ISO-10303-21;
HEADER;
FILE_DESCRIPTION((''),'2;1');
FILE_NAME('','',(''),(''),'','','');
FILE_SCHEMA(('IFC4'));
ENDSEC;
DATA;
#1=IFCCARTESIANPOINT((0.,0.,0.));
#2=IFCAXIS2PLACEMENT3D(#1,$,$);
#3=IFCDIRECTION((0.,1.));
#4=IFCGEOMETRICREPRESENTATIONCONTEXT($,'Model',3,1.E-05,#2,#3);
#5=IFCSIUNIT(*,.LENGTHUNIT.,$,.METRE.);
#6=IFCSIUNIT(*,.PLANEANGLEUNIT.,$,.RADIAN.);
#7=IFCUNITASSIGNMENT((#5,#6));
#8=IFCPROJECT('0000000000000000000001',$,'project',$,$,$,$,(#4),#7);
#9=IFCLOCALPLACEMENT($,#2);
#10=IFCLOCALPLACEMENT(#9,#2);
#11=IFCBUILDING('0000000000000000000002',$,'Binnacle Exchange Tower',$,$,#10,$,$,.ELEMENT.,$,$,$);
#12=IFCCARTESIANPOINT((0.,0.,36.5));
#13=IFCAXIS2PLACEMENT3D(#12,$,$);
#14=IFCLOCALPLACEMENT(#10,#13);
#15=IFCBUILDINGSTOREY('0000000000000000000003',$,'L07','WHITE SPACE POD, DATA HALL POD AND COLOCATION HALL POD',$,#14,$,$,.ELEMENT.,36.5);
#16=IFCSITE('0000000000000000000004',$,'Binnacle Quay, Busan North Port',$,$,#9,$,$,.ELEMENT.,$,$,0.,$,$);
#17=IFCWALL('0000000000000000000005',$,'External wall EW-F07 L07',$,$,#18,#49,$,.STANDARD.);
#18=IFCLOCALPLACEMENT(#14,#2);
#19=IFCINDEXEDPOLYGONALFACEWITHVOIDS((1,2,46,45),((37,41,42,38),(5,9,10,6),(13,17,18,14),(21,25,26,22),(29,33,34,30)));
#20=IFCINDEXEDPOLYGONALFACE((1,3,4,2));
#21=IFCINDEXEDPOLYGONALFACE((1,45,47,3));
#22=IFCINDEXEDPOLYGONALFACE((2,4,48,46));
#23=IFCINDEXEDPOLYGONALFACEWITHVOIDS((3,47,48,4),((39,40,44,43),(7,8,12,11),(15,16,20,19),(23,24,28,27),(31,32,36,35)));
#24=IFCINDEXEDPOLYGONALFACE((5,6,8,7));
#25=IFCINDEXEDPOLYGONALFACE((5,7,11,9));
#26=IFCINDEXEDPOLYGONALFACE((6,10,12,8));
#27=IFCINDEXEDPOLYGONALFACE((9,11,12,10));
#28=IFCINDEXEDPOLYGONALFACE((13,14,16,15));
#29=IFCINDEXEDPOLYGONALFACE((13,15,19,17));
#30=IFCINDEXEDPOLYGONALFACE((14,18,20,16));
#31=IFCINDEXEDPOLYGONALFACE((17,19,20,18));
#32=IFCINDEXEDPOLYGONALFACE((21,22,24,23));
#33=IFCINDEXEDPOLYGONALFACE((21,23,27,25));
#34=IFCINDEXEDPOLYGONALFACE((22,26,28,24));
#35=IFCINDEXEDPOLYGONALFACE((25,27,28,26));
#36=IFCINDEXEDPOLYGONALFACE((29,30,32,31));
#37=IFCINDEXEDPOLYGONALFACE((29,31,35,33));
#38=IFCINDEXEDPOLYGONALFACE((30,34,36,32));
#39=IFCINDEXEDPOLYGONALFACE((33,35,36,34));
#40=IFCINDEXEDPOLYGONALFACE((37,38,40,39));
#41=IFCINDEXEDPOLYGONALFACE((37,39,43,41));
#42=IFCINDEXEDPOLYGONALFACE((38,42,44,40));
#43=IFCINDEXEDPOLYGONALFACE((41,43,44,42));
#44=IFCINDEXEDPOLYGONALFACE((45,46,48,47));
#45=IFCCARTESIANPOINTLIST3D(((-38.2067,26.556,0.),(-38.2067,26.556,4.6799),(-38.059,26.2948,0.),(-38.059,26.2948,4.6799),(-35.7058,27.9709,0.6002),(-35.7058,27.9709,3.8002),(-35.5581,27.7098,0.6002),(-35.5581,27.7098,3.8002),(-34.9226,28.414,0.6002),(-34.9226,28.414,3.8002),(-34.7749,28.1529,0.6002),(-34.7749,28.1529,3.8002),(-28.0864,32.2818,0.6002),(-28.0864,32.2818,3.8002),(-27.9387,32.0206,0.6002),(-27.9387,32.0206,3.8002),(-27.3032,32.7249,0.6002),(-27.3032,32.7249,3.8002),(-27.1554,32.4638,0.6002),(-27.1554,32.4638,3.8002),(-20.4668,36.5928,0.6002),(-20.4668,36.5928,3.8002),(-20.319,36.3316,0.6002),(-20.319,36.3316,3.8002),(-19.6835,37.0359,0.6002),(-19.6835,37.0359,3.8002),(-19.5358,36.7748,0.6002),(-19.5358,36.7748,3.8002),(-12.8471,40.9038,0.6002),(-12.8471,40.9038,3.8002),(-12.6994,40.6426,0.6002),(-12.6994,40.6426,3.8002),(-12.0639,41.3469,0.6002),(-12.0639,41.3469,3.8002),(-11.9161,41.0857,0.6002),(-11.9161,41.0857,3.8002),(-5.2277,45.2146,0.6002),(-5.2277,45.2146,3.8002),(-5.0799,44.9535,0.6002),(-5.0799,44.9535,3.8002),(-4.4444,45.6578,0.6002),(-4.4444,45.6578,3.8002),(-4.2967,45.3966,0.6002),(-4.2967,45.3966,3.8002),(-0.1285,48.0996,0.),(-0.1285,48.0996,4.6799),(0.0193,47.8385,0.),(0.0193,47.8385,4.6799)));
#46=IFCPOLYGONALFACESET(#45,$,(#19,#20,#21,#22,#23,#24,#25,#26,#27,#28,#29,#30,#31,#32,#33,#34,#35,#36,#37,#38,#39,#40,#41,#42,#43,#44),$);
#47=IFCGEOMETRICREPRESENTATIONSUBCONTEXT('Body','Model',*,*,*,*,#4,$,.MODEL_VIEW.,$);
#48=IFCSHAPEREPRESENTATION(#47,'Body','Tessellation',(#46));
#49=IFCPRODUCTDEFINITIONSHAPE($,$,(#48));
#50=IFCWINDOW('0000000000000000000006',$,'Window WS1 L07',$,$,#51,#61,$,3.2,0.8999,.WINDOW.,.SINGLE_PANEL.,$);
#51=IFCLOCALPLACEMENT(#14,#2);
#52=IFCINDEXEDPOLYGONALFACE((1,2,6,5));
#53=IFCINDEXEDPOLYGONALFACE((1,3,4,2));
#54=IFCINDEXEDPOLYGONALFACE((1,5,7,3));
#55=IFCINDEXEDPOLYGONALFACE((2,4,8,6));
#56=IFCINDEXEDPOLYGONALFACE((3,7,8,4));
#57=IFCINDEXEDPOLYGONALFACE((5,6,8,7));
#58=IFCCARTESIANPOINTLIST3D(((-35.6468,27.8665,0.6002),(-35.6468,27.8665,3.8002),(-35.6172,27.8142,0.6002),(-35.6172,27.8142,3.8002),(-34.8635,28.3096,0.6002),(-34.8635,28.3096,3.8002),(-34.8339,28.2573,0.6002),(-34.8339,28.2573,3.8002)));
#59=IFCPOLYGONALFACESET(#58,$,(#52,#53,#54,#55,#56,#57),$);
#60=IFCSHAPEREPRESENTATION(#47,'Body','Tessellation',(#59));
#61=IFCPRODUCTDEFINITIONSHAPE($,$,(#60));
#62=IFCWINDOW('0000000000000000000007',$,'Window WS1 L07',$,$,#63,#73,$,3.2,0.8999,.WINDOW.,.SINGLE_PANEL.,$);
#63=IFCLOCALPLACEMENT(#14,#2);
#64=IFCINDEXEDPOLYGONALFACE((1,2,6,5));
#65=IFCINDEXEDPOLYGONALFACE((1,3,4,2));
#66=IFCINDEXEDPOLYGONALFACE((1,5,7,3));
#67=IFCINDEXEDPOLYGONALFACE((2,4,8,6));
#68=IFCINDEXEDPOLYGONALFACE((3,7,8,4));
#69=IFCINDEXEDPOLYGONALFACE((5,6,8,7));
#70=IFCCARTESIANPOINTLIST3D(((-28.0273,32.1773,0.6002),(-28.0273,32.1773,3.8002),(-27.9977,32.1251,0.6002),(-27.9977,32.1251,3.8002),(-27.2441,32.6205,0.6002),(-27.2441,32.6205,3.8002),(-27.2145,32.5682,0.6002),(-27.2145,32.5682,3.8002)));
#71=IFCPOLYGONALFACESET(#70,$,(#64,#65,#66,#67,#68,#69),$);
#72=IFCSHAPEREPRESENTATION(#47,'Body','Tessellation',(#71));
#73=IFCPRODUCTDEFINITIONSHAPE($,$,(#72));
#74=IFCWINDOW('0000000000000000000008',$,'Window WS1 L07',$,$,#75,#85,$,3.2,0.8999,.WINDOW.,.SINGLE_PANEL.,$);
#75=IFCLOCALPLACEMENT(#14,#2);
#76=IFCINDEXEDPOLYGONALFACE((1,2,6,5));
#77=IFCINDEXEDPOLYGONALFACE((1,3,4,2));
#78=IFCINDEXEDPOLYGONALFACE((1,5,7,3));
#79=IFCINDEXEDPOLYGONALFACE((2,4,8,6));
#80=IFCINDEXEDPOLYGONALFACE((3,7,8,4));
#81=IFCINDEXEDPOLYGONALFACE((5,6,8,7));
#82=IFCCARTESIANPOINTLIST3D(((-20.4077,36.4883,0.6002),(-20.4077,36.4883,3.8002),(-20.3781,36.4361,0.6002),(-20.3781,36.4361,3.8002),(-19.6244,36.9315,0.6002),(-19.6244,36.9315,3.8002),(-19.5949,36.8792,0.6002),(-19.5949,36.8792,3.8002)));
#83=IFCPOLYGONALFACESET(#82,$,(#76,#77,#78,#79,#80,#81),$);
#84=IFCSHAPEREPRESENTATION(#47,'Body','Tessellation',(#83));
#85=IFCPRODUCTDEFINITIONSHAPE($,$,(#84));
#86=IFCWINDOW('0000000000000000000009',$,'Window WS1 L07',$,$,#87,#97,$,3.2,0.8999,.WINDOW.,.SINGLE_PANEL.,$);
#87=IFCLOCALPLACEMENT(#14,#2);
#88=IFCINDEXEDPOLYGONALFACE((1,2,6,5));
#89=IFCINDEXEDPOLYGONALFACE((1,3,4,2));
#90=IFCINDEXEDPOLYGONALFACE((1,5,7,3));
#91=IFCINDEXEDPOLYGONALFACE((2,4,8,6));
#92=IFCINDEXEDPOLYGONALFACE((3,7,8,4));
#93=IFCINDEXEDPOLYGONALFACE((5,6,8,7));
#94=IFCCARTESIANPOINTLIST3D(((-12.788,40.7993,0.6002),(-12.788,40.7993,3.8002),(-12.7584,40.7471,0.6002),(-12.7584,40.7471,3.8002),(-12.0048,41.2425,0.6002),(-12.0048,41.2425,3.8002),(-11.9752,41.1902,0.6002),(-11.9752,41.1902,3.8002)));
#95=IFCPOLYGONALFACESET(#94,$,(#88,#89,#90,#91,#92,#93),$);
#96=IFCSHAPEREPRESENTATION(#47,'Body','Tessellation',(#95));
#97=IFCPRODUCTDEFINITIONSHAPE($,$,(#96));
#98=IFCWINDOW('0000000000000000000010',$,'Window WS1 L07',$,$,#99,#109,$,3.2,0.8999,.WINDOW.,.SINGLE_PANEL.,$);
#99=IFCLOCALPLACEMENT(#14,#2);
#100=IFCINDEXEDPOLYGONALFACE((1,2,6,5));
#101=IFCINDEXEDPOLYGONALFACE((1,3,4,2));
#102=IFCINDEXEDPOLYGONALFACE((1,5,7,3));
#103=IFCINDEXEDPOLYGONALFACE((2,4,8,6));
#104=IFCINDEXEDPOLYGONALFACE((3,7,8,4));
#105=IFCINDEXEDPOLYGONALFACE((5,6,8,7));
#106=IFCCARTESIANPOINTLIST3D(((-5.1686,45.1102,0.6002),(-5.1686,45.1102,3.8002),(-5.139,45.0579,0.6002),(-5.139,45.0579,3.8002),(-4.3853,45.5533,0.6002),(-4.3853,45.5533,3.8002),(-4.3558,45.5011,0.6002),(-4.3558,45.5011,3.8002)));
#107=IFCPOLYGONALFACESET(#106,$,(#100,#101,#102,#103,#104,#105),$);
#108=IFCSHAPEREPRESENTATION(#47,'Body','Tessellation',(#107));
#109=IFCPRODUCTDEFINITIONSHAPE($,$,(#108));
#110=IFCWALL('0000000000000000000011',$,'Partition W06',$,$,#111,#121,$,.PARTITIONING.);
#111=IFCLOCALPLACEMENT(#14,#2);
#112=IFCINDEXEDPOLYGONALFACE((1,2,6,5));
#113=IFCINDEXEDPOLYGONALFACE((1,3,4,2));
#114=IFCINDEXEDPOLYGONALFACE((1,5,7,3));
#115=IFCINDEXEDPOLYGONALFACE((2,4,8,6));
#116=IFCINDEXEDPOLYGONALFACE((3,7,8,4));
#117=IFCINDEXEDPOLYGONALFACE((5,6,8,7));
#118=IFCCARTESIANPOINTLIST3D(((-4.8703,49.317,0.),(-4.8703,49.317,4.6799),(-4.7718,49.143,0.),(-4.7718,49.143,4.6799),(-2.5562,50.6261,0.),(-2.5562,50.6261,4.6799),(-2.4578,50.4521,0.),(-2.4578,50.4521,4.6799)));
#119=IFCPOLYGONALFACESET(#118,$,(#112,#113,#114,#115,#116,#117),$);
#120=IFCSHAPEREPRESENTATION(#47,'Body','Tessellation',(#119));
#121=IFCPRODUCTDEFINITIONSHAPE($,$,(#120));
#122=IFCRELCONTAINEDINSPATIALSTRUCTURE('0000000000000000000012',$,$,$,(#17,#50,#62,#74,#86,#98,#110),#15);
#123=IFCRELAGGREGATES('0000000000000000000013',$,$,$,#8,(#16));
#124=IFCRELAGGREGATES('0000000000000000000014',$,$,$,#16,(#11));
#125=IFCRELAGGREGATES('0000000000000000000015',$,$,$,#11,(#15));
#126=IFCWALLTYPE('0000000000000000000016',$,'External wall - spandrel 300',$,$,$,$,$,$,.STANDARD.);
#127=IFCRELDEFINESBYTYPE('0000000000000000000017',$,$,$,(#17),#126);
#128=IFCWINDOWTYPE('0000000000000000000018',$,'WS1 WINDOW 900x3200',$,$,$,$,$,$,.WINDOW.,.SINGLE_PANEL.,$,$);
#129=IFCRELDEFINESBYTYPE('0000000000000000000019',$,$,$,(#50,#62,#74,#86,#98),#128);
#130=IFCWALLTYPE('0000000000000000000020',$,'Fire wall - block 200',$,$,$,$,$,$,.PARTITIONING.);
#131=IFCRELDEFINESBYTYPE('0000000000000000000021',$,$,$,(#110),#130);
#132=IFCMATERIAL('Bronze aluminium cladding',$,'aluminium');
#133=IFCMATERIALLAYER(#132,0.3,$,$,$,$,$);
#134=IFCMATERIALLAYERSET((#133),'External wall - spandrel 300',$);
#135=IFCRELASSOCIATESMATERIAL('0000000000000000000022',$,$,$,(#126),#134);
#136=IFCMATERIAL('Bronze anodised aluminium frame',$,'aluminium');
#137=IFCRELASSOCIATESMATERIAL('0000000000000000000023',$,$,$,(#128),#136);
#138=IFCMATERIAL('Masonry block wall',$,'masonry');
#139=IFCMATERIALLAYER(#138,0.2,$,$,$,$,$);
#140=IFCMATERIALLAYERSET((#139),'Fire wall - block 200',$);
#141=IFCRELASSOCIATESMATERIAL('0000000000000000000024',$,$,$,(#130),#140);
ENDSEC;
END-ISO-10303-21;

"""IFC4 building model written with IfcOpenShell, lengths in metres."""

from ifc_helpers import new_model, si_unit, direction, frame, frame_2d, origin, place, context, subcontext, project, spatial, rectangle, extrude, material, layer, layer_set, type_object, element, fill, save


model = new_model("IFC4")

# Units and contexts
model_context = context("Model", 3, precision=1e-05, world=origin(), true_north=direction((0.0, 1.0)))
body_context = subcontext(model_context, "Body", "Model", "MODEL_VIEW")
ifc_project = project(units=[si_unit("LENGTHUNIT", "METRE"), si_unit("PLANEANGLEUNIT", "RADIAN")], contexts=[model_context])

# Site, building, storey
site_placement = place(None, origin())
site = spatial("IfcSite", under=ifc_project, at=site_placement, Name="Binnacle Quay, Busan North Port", CompositionType="ELEMENT", RefElevation=0.0)
building_placement = place(site_placement, origin())
building = spatial("IfcBuilding", under=site, at=building_placement, Name="Binnacle Exchange Tower", CompositionType="ELEMENT")
storey_placement = place(building_placement, frame((0.0, 0.0, 36.5)))
storey = spatial("IfcBuildingStorey", under=building, at=storey_placement, Name="L07", Description="WHITE SPACE POD, DATA HALL POD AND COLOCATION HALL POD", CompositionType="ELEMENT", Elevation=36.5)

# Wall, openings, windows
ifc_material_1 = material(Name="Bronze aluminium cladding", Category="aluminium")
ifc_layer_1 = layer(ifc_material_1, 0.3)
ifc_layer_set_1 = layer_set([ifc_layer_1], Name="External wall - spandrel 300")
wall_type_1 = type_object("IfcWallType", Name="External wall - spandrel 300", PredefinedType="STANDARD", material=ifc_layer_set_1)
wall_1_placement = place(storey_placement, frame((-0.0547, 47.969, 0.0), z_axis=(0.0, 0.0, 1.0), x_axis=(-0.870356, -0.492423, 0.0)))
wall_1 = element("IfcWall", 1, at=wall_1_placement, inside=storey, type_object=wall_type_1, Name="External wall EW-F07 L07", PredefinedType="STANDARD", context=body_context, shape_type="SweptSolid", body=[
    extrude(rectangle(XDim=43.7502, YDim=0.3, at=frame_2d((21.875, 0.0))), origin(), (0.0, 0.0, 1.0), 4.6799),
])
opening_1_placement = place(wall_1_placement, frame((39.9768, 0.0, 0.6001)))
opening_1 = element("IfcOpeningElement", 2, at=opening_1_placement, cuts=wall_1, PredefinedType="OPENING", context=body_context, shape_type="SweptSolid", body=[
    extrude(rectangle(XDim=0.8999, YDim=3.2, at=frame_2d((0.45, 1.6001))), frame((0.0, 0.1599, 0.0), z_axis=(0.0, -1.0, 0.0), x_axis=(1.0, 0.0, 0.0)), (0.0, 0.0, 1.0), 0.3201),
])
opening_2_placement = place(wall_1_placement, frame((31.2224, 0.0, 0.6001)))
opening_2 = element("IfcOpeningElement", 3, at=opening_2_placement, cuts=wall_1, PredefinedType="OPENING", context=body_context, shape_type="SweptSolid", body=[
    extrude(rectangle(XDim=0.8999, YDim=3.2, at=frame_2d((0.45, 1.6001))), frame((0.0, 0.1599, 0.0), z_axis=(0.0, -1.0, 0.0), x_axis=(1.0, 0.0, 0.0)), (0.0, 0.0, 1.0), 0.3201),
])
opening_3_placement = place(wall_1_placement, frame((22.4678, 0.0, 0.6001)))
opening_3 = element("IfcOpeningElement", 4, at=opening_3_placement, cuts=wall_1, PredefinedType="OPENING", context=body_context, shape_type="SweptSolid", body=[
    extrude(rectangle(XDim=0.8999, YDim=3.2, at=frame_2d((0.45, 1.6001))), frame((0.0, 0.1599, 0.0), z_axis=(0.0, -1.0, 0.0), x_axis=(1.0, 0.0, 0.0)), (0.0, 0.0, 1.0), 0.3201),
])
opening_4_placement = place(wall_1_placement, frame((13.7131, 0.0, 0.6001)))
opening_4 = element("IfcOpeningElement", 5, at=opening_4_placement, cuts=wall_1, PredefinedType="OPENING", context=body_context, shape_type="SweptSolid", body=[
    extrude(rectangle(XDim=0.8999, YDim=3.2, at=frame_2d((0.45, 1.6001))), frame((0.0, 0.1599, 0.0), z_axis=(0.0, -1.0, 0.0), x_axis=(1.0, 0.0, 0.0)), (0.0, 0.0, 1.0), 0.3201),
])
opening_5_placement = place(wall_1_placement, frame((4.9587, 0.0, 0.6001)))
opening_5 = element("IfcOpeningElement", 6, at=opening_5_placement, cuts=wall_1, PredefinedType="OPENING", context=body_context, shape_type="SweptSolid", body=[
    extrude(rectangle(XDim=0.8999, YDim=3.2, at=frame_2d((0.45, 1.6001))), frame((0.0, 0.1599, 0.0), z_axis=(0.0, -1.0, 0.0), x_axis=(1.0, 0.0, 0.0)), (0.0, 0.0, 1.0), 0.3201),
])
ifc_material_2 = material(Name="Bronze anodised aluminium frame", Category="aluminium")
window_type = type_object("IfcWindowType", Name="WS1 WINDOW 900x3200", PartitioningType="SINGLE_PANEL", PredefinedType="WINDOW", material=ifc_material_2)
window_1_placement = place(opening_1_placement, origin())
window_1 = element("IfcWindow", 7, at=window_1_placement, inside=storey, type_object=window_type, Name="Window WS1 L07", OverallHeight=3.2, OverallWidth=0.8999, PartitioningType="SINGLE_PANEL", PredefinedType="WINDOW", context=body_context, shape_type="SweptSolid", body=[
    extrude(rectangle(XDim=0.8999, YDim=3.2, at=frame_2d((0.45, 1.6001))), frame((0.0, 0.03, 0.0), z_axis=(0.0, -1.0, 0.0), x_axis=(1.0, 0.0, 0.0)), (0.0, 0.0, 1.0), 0.0601),
])
fill(opening_1, window_1)
window_2_placement = place(opening_2_placement, origin())
window_2 = element("IfcWindow", 8, at=window_2_placement, inside=storey, type_object=window_type, Name="Window WS1 L07", OverallHeight=3.2, OverallWidth=0.8999, PartitioningType="SINGLE_PANEL", PredefinedType="WINDOW", context=body_context, shape_type="SweptSolid", body=[
    extrude(rectangle(XDim=0.8999, YDim=3.2, at=frame_2d((0.45, 1.6001))), frame((0.0, 0.03, 0.0), z_axis=(0.0, -1.0, 0.0), x_axis=(1.0, 0.0, 0.0)), (0.0, 0.0, 1.0), 0.0601),
])
fill(opening_2, window_2)
window_3_placement = place(opening_3_placement, origin())
window_3 = element("IfcWindow", 9, at=window_3_placement, inside=storey, type_object=window_type, Name="Window WS1 L07", OverallHeight=3.2, OverallWidth=0.8999, PartitioningType="SINGLE_PANEL", PredefinedType="WINDOW", context=body_context, shape_type="SweptSolid", body=[
    extrude(rectangle(XDim=0.8999, YDim=3.2, at=frame_2d((0.45, 1.6001))), frame((0.0, 0.03, 0.0), z_axis=(0.0, -1.0, 0.0), x_axis=(1.0, 0.0, 0.0)), (0.0, 0.0, 1.0), 0.0601),
])
fill(opening_3, window_3)
window_4_placement = place(opening_4_placement, origin())
window_4 = element("IfcWindow", 10, at=window_4_placement, inside=storey, type_object=window_type, Name="Window WS1 L07", OverallHeight=3.2, OverallWidth=0.8999, PartitioningType="SINGLE_PANEL", PredefinedType="WINDOW", context=body_context, shape_type="SweptSolid", body=[
    extrude(rectangle(XDim=0.8999, YDim=3.2, at=frame_2d((0.45, 1.6001))), frame((0.0, 0.03, 0.0), z_axis=(0.0, -1.0, 0.0), x_axis=(1.0, 0.0, 0.0)), (0.0, 0.0, 1.0), 0.0601),
])
fill(opening_4, window_4)
window_5_placement = place(opening_5_placement, origin())
window_5 = element("IfcWindow", 11, at=window_5_placement, inside=storey, type_object=window_type, Name="Window WS1 L07", OverallHeight=3.2, OverallWidth=0.8999, PartitioningType="SINGLE_PANEL", PredefinedType="WINDOW", context=body_context, shape_type="SweptSolid", body=[
    extrude(rectangle(XDim=0.8999, YDim=3.2, at=frame_2d((0.45, 1.6001))), frame((0.0, 0.03, 0.0), z_axis=(0.0, -1.0, 0.0), x_axis=(1.0, 0.0, 0.0)), (0.0, 0.0, 1.0), 0.0601),
])
fill(opening_5, window_5)

# Wall
ifc_material_3 = material(Name="Masonry block wall", Category="masonry")
ifc_layer_2 = layer(ifc_material_3, 0.2)
ifc_layer_set_2 = layer_set([ifc_layer_2], Name="Fire wall - block 200")
wall_type_2 = type_object("IfcWallType", Name="Fire wall - block 200", PredefinedType="PARTITIONING", material=ifc_layer_set_2)
wall_2_placement = place(storey_placement, frame((-4.821, 49.23, 0.0), z_axis=(0.0, 0.0, 1.0), x_axis=(0.870371, 0.492396, 0.0)))
element("IfcWall", 12, at=wall_2_placement, inside=storey, type_object=wall_type_2, Name="Partition W06", PredefinedType="PARTITIONING", context=body_context, shape_type="SweptSolid", body=[
    extrude(rectangle(XDim=2.6587, YDim=0.2, at=frame_2d((1.3293, 0.0))), origin(), (0.0, 0.0, 1.0), 4.6799),
])

save(model, "model.ifc")
